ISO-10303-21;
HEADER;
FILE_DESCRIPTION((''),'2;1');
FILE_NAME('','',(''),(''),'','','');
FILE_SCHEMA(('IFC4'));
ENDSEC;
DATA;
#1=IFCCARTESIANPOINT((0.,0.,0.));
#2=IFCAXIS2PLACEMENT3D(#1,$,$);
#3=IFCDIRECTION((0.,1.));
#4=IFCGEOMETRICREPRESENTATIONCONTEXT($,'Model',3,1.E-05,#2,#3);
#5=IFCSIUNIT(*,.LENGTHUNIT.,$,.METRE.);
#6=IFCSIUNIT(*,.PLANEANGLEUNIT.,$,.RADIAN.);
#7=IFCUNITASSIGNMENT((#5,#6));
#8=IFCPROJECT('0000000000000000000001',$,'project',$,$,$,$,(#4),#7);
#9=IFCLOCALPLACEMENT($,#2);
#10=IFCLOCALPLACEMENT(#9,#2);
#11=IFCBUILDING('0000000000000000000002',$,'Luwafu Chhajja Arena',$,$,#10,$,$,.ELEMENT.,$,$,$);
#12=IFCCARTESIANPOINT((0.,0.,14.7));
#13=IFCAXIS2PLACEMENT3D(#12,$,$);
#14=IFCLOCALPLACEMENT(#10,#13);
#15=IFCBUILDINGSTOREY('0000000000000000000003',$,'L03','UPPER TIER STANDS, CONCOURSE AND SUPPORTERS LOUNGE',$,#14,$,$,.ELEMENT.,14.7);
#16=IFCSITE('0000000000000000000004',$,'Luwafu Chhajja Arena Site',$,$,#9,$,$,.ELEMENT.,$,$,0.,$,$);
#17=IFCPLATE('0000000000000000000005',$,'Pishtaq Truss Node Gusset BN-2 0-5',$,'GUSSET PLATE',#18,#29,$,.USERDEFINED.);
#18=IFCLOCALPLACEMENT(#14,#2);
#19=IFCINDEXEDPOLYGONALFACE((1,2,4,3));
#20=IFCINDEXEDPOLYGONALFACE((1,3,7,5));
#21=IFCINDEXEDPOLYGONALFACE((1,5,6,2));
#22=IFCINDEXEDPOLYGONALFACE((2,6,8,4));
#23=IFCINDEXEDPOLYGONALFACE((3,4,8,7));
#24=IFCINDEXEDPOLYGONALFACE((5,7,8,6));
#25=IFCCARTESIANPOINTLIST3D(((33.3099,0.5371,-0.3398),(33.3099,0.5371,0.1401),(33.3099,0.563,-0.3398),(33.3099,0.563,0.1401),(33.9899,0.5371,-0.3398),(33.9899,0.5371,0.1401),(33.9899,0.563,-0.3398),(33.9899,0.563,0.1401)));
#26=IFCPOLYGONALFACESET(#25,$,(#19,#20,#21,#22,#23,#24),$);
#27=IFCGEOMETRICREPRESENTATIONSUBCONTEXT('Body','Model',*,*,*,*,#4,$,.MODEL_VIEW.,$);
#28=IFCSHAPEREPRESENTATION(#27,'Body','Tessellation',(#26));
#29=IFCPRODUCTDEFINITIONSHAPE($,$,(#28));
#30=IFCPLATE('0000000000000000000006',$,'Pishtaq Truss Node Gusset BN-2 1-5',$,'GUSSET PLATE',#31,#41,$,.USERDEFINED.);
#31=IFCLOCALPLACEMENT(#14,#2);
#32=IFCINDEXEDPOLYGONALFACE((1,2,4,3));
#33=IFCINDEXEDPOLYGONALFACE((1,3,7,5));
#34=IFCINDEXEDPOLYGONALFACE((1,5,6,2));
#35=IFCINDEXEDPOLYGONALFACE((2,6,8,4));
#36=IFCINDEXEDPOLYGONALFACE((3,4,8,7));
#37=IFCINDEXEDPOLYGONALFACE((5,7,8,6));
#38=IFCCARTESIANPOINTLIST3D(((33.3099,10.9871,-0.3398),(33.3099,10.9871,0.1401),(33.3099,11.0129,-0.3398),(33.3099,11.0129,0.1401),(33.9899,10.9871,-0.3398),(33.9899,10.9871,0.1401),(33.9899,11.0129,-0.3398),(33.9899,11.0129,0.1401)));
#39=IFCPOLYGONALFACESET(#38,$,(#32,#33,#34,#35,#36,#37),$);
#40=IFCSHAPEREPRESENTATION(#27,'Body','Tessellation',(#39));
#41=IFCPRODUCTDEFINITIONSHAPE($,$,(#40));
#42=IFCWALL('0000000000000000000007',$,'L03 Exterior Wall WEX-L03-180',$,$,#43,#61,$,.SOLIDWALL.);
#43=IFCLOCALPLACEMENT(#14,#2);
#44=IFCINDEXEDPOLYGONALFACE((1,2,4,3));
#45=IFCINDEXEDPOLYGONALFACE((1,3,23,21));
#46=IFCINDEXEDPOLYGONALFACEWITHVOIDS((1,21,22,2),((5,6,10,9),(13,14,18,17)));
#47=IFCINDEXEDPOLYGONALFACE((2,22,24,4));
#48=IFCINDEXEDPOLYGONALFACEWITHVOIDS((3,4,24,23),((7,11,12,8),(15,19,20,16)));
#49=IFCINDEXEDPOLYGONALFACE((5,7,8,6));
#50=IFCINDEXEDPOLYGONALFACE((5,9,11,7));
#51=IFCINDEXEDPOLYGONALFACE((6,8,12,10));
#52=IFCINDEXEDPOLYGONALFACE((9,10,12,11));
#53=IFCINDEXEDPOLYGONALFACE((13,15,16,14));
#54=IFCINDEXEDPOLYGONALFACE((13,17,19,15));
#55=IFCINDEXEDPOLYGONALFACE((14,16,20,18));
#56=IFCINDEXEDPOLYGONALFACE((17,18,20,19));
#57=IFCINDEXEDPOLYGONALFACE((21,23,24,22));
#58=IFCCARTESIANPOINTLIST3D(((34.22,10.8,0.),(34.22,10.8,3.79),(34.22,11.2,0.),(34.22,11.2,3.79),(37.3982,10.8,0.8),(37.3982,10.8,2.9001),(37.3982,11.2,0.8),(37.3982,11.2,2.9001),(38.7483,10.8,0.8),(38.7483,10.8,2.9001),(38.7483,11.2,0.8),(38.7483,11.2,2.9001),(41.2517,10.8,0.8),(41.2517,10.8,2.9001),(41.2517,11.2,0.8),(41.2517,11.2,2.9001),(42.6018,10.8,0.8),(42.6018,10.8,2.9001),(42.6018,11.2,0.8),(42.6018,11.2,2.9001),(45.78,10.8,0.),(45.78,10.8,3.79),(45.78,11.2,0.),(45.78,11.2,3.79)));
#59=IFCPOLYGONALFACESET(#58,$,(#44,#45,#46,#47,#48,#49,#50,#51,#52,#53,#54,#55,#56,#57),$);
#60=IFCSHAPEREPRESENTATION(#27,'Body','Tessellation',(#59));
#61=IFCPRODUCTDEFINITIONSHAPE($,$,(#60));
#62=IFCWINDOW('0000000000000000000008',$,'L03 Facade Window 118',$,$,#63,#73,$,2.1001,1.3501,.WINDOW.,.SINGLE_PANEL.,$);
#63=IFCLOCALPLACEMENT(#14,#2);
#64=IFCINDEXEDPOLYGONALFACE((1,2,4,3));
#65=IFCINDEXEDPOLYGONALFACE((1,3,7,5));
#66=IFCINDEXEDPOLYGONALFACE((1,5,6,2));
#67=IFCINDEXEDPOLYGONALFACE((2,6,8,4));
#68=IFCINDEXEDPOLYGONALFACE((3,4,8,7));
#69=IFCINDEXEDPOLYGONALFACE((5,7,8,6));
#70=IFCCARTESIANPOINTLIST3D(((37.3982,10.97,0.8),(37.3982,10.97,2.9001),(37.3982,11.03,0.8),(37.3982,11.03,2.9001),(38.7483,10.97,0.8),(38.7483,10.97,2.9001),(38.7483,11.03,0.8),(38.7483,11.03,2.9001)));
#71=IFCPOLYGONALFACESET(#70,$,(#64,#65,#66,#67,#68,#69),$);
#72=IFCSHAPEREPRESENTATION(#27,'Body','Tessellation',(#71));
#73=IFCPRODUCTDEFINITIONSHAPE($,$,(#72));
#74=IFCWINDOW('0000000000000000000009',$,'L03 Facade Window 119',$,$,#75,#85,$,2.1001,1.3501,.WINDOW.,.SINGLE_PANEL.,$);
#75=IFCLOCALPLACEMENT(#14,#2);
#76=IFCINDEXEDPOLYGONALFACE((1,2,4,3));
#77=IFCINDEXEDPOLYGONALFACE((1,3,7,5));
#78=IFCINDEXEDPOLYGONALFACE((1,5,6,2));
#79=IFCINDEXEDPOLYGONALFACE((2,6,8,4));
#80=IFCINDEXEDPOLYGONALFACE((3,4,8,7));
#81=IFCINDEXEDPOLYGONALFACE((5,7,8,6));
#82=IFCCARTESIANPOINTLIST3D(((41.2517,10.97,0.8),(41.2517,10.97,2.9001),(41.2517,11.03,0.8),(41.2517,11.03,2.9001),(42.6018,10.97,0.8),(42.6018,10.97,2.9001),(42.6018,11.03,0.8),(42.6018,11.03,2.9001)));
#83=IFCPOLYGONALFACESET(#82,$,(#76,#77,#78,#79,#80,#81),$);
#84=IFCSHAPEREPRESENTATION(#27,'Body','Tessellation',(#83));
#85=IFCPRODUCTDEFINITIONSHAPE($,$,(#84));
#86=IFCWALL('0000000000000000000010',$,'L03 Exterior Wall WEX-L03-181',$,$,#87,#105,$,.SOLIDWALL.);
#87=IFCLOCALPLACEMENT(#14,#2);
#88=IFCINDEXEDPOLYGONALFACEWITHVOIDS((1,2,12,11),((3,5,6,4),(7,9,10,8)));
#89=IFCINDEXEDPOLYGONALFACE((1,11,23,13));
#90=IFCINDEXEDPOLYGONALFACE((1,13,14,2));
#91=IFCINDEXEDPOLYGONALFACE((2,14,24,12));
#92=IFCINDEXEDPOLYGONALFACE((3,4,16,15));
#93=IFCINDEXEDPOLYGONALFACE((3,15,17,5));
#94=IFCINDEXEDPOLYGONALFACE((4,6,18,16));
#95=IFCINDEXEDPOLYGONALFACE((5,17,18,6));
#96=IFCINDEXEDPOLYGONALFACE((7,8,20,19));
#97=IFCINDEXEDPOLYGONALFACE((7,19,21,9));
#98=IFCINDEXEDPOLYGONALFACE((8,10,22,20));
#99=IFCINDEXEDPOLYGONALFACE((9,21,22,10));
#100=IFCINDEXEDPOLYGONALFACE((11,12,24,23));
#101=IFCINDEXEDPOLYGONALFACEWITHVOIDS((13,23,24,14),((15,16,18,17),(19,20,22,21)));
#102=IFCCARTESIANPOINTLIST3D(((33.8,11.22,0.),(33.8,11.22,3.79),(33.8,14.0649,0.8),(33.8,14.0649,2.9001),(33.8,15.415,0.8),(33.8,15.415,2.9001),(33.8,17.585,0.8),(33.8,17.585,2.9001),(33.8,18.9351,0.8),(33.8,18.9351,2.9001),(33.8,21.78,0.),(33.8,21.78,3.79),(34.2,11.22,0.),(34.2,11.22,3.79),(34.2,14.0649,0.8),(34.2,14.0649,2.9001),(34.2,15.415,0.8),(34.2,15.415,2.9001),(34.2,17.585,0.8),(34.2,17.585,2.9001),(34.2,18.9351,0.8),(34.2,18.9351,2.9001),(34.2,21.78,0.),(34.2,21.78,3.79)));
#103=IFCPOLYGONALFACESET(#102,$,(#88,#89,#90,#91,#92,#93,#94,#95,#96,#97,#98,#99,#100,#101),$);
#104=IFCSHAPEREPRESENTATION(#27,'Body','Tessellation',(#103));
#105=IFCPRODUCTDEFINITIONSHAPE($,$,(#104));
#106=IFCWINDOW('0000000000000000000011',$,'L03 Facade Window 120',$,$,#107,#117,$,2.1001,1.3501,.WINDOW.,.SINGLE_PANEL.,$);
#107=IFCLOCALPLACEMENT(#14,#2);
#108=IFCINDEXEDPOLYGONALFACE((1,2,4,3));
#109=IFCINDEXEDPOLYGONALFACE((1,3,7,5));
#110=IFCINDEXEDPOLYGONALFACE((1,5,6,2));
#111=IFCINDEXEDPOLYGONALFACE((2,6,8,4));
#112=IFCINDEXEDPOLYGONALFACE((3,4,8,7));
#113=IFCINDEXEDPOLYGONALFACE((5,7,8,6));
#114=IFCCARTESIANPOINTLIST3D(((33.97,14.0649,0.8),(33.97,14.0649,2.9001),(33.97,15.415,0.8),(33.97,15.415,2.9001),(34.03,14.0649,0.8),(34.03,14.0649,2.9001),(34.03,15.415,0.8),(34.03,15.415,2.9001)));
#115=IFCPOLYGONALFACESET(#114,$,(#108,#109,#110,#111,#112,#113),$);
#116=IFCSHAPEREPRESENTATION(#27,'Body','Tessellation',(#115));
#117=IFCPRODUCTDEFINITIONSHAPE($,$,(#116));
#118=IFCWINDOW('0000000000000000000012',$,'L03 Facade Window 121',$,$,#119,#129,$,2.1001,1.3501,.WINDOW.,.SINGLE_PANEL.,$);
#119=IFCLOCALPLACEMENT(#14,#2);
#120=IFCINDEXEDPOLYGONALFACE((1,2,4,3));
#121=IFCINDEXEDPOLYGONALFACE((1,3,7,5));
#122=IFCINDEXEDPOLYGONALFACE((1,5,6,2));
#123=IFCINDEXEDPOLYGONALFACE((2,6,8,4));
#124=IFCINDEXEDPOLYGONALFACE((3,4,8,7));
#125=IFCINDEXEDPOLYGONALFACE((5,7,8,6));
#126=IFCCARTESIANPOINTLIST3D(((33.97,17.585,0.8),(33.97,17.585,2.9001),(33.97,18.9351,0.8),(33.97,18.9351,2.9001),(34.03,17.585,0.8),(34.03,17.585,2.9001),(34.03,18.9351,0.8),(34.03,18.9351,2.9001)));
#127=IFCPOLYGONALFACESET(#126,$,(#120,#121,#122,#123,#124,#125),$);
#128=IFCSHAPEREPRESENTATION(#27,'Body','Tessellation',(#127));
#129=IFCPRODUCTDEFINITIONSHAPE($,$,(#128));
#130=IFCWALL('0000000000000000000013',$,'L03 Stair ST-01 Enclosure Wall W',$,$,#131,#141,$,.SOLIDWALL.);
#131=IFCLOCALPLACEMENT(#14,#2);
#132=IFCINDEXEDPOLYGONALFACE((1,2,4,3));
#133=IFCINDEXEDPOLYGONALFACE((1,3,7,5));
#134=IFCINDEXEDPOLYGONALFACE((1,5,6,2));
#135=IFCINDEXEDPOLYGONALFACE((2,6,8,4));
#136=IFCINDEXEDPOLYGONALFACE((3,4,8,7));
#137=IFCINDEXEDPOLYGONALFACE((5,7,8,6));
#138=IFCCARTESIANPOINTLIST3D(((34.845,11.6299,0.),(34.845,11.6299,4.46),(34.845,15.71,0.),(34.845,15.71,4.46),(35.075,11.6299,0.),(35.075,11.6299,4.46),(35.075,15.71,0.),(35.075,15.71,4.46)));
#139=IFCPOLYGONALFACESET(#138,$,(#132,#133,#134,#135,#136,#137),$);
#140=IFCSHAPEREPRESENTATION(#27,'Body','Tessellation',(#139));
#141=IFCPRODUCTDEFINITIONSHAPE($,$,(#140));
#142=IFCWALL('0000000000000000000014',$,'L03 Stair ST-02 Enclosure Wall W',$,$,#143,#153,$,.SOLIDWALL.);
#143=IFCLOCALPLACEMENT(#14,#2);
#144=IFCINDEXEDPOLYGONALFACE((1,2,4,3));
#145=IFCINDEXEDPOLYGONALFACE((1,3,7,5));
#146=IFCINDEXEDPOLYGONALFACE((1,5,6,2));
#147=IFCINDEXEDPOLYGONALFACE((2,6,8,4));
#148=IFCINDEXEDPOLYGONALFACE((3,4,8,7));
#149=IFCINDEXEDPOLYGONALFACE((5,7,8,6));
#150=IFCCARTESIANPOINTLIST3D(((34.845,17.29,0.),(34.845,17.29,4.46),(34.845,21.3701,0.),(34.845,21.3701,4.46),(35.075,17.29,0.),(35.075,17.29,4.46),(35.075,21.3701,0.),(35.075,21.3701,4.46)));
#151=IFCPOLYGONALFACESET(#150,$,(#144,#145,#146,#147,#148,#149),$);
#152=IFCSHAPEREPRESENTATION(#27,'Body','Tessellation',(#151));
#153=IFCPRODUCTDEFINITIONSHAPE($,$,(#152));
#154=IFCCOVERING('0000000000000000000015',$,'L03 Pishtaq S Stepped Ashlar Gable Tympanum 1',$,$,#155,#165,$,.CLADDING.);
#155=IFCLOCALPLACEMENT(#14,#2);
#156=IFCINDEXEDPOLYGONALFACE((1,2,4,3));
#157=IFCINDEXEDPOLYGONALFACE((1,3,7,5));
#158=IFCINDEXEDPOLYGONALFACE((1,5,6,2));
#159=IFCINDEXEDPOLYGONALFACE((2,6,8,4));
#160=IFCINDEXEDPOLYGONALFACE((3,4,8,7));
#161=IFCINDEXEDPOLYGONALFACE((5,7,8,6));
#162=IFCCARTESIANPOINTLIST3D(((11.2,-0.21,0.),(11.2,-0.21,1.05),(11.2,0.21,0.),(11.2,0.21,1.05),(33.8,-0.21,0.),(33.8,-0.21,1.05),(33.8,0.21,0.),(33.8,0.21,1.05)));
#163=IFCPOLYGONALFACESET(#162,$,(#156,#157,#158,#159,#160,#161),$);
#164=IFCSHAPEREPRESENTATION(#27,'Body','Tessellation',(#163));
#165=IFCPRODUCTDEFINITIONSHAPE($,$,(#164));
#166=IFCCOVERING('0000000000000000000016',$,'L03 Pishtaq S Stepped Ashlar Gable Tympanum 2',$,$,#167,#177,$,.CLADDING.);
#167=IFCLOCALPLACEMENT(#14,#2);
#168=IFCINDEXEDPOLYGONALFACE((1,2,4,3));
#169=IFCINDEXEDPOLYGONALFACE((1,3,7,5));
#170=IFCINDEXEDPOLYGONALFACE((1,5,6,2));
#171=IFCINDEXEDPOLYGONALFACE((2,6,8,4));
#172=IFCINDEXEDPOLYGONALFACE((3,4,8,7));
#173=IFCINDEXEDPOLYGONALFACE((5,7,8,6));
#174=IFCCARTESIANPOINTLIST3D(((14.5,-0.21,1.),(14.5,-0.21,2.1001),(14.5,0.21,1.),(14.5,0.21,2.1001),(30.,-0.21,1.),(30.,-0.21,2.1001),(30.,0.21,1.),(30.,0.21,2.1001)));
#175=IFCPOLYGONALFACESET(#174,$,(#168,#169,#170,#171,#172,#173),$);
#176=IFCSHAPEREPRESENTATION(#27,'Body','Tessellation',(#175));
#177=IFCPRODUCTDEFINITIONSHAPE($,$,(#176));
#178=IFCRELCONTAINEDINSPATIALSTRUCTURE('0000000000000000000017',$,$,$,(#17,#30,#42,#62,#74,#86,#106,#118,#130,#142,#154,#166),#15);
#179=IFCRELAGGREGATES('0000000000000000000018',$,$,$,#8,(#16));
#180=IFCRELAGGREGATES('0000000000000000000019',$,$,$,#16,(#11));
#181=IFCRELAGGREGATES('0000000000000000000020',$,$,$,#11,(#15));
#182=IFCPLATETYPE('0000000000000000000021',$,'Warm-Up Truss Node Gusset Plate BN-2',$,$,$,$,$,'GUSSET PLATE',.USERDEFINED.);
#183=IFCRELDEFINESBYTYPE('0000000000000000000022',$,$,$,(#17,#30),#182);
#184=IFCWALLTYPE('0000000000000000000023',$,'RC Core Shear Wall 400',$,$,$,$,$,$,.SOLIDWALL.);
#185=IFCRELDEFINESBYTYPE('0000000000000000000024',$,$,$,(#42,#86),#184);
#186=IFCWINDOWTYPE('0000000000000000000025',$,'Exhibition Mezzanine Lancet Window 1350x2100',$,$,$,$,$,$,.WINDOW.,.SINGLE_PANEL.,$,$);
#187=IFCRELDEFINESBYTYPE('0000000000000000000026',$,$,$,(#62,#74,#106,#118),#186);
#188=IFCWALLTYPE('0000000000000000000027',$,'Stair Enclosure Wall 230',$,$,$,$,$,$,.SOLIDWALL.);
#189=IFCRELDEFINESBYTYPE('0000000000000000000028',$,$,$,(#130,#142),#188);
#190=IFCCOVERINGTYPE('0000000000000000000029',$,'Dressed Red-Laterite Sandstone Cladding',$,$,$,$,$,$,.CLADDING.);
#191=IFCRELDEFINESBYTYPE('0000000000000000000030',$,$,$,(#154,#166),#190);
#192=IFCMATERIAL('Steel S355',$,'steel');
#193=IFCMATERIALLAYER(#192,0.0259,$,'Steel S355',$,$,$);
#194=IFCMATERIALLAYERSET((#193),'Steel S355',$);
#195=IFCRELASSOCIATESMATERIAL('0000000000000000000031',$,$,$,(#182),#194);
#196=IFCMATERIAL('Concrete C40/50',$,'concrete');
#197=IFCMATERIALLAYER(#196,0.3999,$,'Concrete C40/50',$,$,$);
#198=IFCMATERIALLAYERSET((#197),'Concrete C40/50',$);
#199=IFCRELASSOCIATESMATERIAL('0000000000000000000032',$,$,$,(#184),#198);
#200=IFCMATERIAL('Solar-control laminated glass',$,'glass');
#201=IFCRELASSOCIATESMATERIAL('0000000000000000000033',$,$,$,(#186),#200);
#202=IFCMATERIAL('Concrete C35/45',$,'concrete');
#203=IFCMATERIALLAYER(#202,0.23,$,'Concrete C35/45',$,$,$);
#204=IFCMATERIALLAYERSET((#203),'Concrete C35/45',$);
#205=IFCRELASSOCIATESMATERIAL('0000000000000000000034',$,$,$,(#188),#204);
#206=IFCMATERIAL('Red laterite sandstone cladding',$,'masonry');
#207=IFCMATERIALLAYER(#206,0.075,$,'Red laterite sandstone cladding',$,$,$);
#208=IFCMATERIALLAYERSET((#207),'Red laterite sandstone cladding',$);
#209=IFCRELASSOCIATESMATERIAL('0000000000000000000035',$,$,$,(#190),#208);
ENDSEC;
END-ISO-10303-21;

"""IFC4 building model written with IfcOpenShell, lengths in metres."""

from ifc_helpers import new_model, si_unit, direction, frame, frame_2d, origin, origin_2d, place, context, subcontext, project, spatial, rectangle, extrude, material, layer, layer_set, type_object, element, fill, save


model = new_model("IFC4")

# Units and contexts
model_context = context("Model", 3, precision=1e-05, world=origin(), true_north=direction((0.0, 1.0)))
body_context = subcontext(model_context, "Body", "Model", "MODEL_VIEW")
ifc_project = project(units=[si_unit("LENGTHUNIT", "METRE"), si_unit("PLANEANGLEUNIT", "RADIAN")], contexts=[model_context])

# Site, building, storey
site_placement = place(None, origin())
site = spatial("IfcSite", under=ifc_project, at=site_placement, Name="Luwafu Chhajja Arena Site", CompositionType="ELEMENT", RefElevation=0.0)
building_placement = place(site_placement, origin())
building = spatial("IfcBuilding", under=site, at=building_placement, Name="Luwafu Chhajja Arena", CompositionType="ELEMENT")
storey_placement = place(building_placement, frame((0.0, 0.0, 14.7)))
storey = spatial("IfcBuildingStorey", under=building, at=storey_placement, Name="L03", Description="UPPER TIER STANDS, CONCOURSE AND SUPPORTERS LOUNGE", CompositionType="ELEMENT", Elevation=14.7)

# Shared definitions
ifc_material_1 = material(Name="Steel S355", Category="steel")
ifc_material_2 = material(Name="Concrete C35/45", Category="concrete")

# Plates
ifc_layer_1 = layer(ifc_material_1, 0.0259, Name="Steel S355")
ifc_layer_set_1 = layer_set([ifc_layer_1], Name="Steel S355")
plate_type = type_object("IfcPlateType", Name="Warm-Up Truss Node Gusset Plate BN-2", ElementType="GUSSET PLATE", PredefinedType="USERDEFINED", material=ifc_layer_set_1)
for number, where, z_axis, x_axis, name in (
    (1, (33.6499, 0.55, -0.3398), (0.0, 0.0, 1.0), (1.0, 0.0, 0.0), "Pishtaq Truss Node Gusset BN-2 0-5"),
    (2, (33.6499, 11.0, -0.3398), (0.0, 0.0, 1.0), (1.0, 0.0, 0.0), "Pishtaq Truss Node Gusset BN-2 1-5"),
):
    element("IfcPlate", number, at=place(storey_placement, frame(where, z_axis=z_axis, x_axis=x_axis)), inside=storey, type_object=plate_type, Name=name, ObjectType="GUSSET PLATE", PredefinedType="USERDEFINED", context=body_context, shape_type="SweptSolid", body=[
        extrude(rectangle(XDim=0.6799, YDim=0.0259, at=origin_2d()), origin(), (0.0, 0.0, 1.0), 0.48),
    ])

# Walls, openings, windows
ifc_material_3 = material(Name="Concrete C40/50", Category="concrete")
ifc_layer_2 = layer(ifc_material_3, 0.3999, Name="Concrete C40/50")
ifc_layer_set_2 = layer_set([ifc_layer_2], Name="Concrete C40/50")
wall_type_1 = type_object("IfcWallType", Name="RC Core Shear Wall 400", PredefinedType="SOLIDWALL", material=ifc_layer_set_2)
wall_1_placement = place(storey_placement, frame((34.22, 11.0, 0.0), z_axis=(0.0, 0.0, 1.0), x_axis=(1.0, 0.0, 0.0)))
wall_1 = element("IfcWall", 3, at=wall_1_placement, inside=storey, type_object=wall_type_1, Name="L03 Exterior Wall WEX-L03-180", PredefinedType="SOLIDWALL", context=body_context, shape_type="SweptSolid", body=[
    extrude(rectangle(XDim=11.5601, YDim=0.3999, at=frame_2d((5.78, 0.0))), origin(), (0.0, 0.0, 1.0), 3.79),
])
opening_1_placement = place(wall_1_placement, frame((3.1782, 0.0, 0.8)))
opening_1 = element("IfcOpeningElement", 4, at=opening_1_placement, cuts=wall_1, PredefinedType="OPENING", context=body_context, shape_type="SweptSolid", body=[
    extrude(rectangle(XDim=1.3501, YDim=2.1001, at=frame_2d((0.675, 1.05))), frame((0.0, 0.21, 0.0), z_axis=(0.0, -1.0, 0.0), x_axis=(1.0, 0.0, 0.0)), (0.0, 0.0, 1.0), 0.4199),
])
opening_2_placement = place(wall_1_placement, frame((7.0317, 0.0, 0.8)))
opening_2 = element("IfcOpeningElement", 5, at=opening_2_placement, cuts=wall_1, PredefinedType="OPENING", context=body_context, shape_type="SweptSolid", body=[
    extrude(rectangle(XDim=1.3501, YDim=2.1001, at=frame_2d((0.675, 1.05))), frame((0.0, 0.21, 0.0), z_axis=(0.0, -1.0, 0.0), x_axis=(1.0, 0.0, 0.0)), (0.0, 0.0, 1.0), 0.4199),
])
ifc_material_4 = material(Name="Solar-control laminated glass", Category="glass")
window_type = type_object("IfcWindowType", Name="Exhibition Mezzanine Lancet Window 1350x2100", PartitioningType="SINGLE_PANEL", PredefinedType="WINDOW", material=ifc_material_4)
window_1_placement = place(opening_1_placement, origin())
window_1 = element("IfcWindow", 6, at=window_1_placement, inside=storey, type_object=window_type, Name="L03 Facade Window 118", OverallHeight=2.1001, OverallWidth=1.3501, PartitioningType="SINGLE_PANEL", PredefinedType="WINDOW", context=body_context, shape_type="SweptSolid", body=[
    extrude(rectangle(XDim=1.3501, YDim=2.1001, at=frame_2d((0.675, 1.05))), frame((0.0, 0.03, 0.0), z_axis=(0.0, -1.0, 0.0), x_axis=(1.0, 0.0, 0.0)), (0.0, 0.0, 1.0), 0.0601),
])
fill(opening_1, window_1)
window_2_placement = place(opening_2_placement, origin())
window_2 = element("IfcWindow", 7, at=window_2_placement, inside=storey, type_object=window_type, Name="L03 Facade Window 119", OverallHeight=2.1001, OverallWidth=1.3501, PartitioningType="SINGLE_PANEL", PredefinedType="WINDOW", context=body_context, shape_type="SweptSolid", body=[
    extrude(rectangle(XDim=1.3501, YDim=2.1001, at=frame_2d((0.675, 1.05))), frame((0.0, 0.03, 0.0), z_axis=(0.0, -1.0, 0.0), x_axis=(1.0, 0.0, 0.0)), (0.0, 0.0, 1.0), 0.0601),
])
fill(opening_2, window_2)
wall_2_placement = place(storey_placement, frame((34.0, 11.22, 0.0), z_axis=(0.0, 0.0, 1.0), x_axis=(0.0, 1.0, 0.0)))
wall_2 = element("IfcWall", 8, at=wall_2_placement, inside=storey, type_object=wall_type_1, Name="L03 Exterior Wall WEX-L03-181", PredefinedType="SOLIDWALL", context=body_context, shape_type="SweptSolid", body=[
    extrude(rectangle(XDim=10.5601, YDim=0.3999, at=frame_2d((5.28, 0.0))), origin(), (0.0, 0.0, 1.0), 3.79),
])
opening_3_placement = place(wall_2_placement, frame((2.845, 0.0, 0.8)))
opening_3 = element("IfcOpeningElement", 9, at=opening_3_placement, cuts=wall_2, PredefinedType="OPENING", context=body_context, shape_type="SweptSolid", body=[
    extrude(rectangle(XDim=1.3501, YDim=2.1001, at=frame_2d((0.675, 1.05))), frame((0.0, 0.21, 0.0), z_axis=(0.0, -1.0, 0.0), x_axis=(1.0, 0.0, 0.0)), (0.0, 0.0, 1.0), 0.4199),
])
opening_4_placement = place(wall_2_placement, frame((6.365, 0.0, 0.8)))
opening_4 = element("IfcOpeningElement", 10, at=opening_4_placement, cuts=wall_2, PredefinedType="OPENING", context=body_context, shape_type="SweptSolid", body=[
    extrude(rectangle(XDim=1.3501, YDim=2.1001, at=frame_2d((0.675, 1.05))), frame((0.0, 0.21, 0.0), z_axis=(0.0, -1.0, 0.0), x_axis=(1.0, 0.0, 0.0)), (0.0, 0.0, 1.0), 0.4199),
])
window_3_placement = place(opening_3_placement, origin())
window_3 = element("IfcWindow", 11, at=window_3_placement, inside=storey, type_object=window_type, Name="L03 Facade Window 120", OverallHeight=2.1001, OverallWidth=1.3501, PartitioningType="SINGLE_PANEL", PredefinedType="WINDOW", context=body_context, shape_type="SweptSolid", body=[
    extrude(rectangle(XDim=1.3501, YDim=2.1001, at=frame_2d((0.675, 1.05))), frame((0.0, 0.03, 0.0), z_axis=(0.0, -1.0, 0.0), x_axis=(1.0, 0.0, 0.0)), (0.0, 0.0, 1.0), 0.0601),
])
fill(opening_3, window_3)
window_4_placement = place(opening_4_placement, origin())
window_4 = element("IfcWindow", 12, at=window_4_placement, inside=storey, type_object=window_type, Name="L03 Facade Window 121", OverallHeight=2.1001, OverallWidth=1.3501, PartitioningType="SINGLE_PANEL", PredefinedType="WINDOW", context=body_context, shape_type="SweptSolid", body=[
    extrude(rectangle(XDim=1.3501, YDim=2.1001, at=frame_2d((0.675, 1.05))), frame((0.0, 0.03, 0.0), z_axis=(0.0, -1.0, 0.0), x_axis=(1.0, 0.0, 0.0)), (0.0, 0.0, 1.0), 0.0601),
])
fill(opening_4, window_4)

# Walls
ifc_layer_3 = layer(ifc_material_2, 0.23, Name="Concrete C35/45")
ifc_layer_set_3 = layer_set([ifc_layer_3], Name="Concrete C35/45")
wall_type_2 = type_object("IfcWallType", Name="Stair Enclosure Wall 230", PredefinedType="SOLIDWALL", material=ifc_layer_set_3)
for number, where, z_axis, x_axis, name in (
    (13, (34.96, 11.6299, 0.0), (0.0, 0.0, 1.0), (0.0, 1.0, 0.0), "L03 Stair ST-01 Enclosure Wall W"),
    (14, (34.96, 17.29, 0.0), (0.0, 0.0, 1.0), (0.0, 1.0, 0.0), "L03 Stair ST-02 Enclosure Wall W"),
):
    element("IfcWall", number, at=place(storey_placement, frame(where, z_axis=z_axis, x_axis=x_axis)), inside=storey, type_object=wall_type_2, Name=name, PredefinedType="SOLIDWALL", context=body_context, shape_type="SweptSolid", body=[
        extrude(rectangle(XDim=4.0801, YDim=0.23, at=frame_2d((2.04, 0.0))), origin(), (0.0, 0.0, 1.0), 4.46),
    ])

# Coverings
ifc_material_5 = material(Name="Red laterite sandstone cladding", Category="masonry")
ifc_layer_4 = layer(ifc_material_5, 0.075, Name="Red laterite sandstone cladding")
ifc_layer_set_4 = layer_set([ifc_layer_4], Name="Red laterite sandstone cladding")
covering_type = type_object("IfcCoveringType", Name="Dressed Red-Laterite Sandstone Cladding", PredefinedType="CLADDING", material=ifc_layer_set_4)
covering_1_placement = place(storey_placement, frame((22.5, 0.0, 0.0), z_axis=(0.0, 0.0, 1.0), x_axis=(1.0, 0.0, 0.0)))
element("IfcCovering", 15, at=covering_1_placement, inside=storey, type_object=covering_type, Name="L03 Pishtaq S Stepped Ashlar Gable Tympanum 1", PredefinedType="CLADDING", context=body_context, shape_type="SweptSolid", body=[
    extrude(rectangle(XDim=22.6001, YDim=0.4199, at=origin_2d()), origin(), (0.0, 0.0, 1.0), 1.05),
])
covering_2_placement = place(storey_placement, frame((22.25, 0.0, 1.0), z_axis=(0.0, 0.0, 1.0), x_axis=(1.0, 0.0, 0.0)))
element("IfcCovering", 16, at=covering_2_placement, inside=storey, type_object=covering_type, Name="L03 Pishtaq S Stepped Ashlar Gable Tympanum 2", PredefinedType="CLADDING", context=body_context, shape_type="SweptSolid", body=[
    extrude(rectangle(XDim=15.5, YDim=0.4199, at=origin_2d()), origin(), (0.0, 0.0, 1.0), 1.1001),
])

save(model, "model.ifc")
